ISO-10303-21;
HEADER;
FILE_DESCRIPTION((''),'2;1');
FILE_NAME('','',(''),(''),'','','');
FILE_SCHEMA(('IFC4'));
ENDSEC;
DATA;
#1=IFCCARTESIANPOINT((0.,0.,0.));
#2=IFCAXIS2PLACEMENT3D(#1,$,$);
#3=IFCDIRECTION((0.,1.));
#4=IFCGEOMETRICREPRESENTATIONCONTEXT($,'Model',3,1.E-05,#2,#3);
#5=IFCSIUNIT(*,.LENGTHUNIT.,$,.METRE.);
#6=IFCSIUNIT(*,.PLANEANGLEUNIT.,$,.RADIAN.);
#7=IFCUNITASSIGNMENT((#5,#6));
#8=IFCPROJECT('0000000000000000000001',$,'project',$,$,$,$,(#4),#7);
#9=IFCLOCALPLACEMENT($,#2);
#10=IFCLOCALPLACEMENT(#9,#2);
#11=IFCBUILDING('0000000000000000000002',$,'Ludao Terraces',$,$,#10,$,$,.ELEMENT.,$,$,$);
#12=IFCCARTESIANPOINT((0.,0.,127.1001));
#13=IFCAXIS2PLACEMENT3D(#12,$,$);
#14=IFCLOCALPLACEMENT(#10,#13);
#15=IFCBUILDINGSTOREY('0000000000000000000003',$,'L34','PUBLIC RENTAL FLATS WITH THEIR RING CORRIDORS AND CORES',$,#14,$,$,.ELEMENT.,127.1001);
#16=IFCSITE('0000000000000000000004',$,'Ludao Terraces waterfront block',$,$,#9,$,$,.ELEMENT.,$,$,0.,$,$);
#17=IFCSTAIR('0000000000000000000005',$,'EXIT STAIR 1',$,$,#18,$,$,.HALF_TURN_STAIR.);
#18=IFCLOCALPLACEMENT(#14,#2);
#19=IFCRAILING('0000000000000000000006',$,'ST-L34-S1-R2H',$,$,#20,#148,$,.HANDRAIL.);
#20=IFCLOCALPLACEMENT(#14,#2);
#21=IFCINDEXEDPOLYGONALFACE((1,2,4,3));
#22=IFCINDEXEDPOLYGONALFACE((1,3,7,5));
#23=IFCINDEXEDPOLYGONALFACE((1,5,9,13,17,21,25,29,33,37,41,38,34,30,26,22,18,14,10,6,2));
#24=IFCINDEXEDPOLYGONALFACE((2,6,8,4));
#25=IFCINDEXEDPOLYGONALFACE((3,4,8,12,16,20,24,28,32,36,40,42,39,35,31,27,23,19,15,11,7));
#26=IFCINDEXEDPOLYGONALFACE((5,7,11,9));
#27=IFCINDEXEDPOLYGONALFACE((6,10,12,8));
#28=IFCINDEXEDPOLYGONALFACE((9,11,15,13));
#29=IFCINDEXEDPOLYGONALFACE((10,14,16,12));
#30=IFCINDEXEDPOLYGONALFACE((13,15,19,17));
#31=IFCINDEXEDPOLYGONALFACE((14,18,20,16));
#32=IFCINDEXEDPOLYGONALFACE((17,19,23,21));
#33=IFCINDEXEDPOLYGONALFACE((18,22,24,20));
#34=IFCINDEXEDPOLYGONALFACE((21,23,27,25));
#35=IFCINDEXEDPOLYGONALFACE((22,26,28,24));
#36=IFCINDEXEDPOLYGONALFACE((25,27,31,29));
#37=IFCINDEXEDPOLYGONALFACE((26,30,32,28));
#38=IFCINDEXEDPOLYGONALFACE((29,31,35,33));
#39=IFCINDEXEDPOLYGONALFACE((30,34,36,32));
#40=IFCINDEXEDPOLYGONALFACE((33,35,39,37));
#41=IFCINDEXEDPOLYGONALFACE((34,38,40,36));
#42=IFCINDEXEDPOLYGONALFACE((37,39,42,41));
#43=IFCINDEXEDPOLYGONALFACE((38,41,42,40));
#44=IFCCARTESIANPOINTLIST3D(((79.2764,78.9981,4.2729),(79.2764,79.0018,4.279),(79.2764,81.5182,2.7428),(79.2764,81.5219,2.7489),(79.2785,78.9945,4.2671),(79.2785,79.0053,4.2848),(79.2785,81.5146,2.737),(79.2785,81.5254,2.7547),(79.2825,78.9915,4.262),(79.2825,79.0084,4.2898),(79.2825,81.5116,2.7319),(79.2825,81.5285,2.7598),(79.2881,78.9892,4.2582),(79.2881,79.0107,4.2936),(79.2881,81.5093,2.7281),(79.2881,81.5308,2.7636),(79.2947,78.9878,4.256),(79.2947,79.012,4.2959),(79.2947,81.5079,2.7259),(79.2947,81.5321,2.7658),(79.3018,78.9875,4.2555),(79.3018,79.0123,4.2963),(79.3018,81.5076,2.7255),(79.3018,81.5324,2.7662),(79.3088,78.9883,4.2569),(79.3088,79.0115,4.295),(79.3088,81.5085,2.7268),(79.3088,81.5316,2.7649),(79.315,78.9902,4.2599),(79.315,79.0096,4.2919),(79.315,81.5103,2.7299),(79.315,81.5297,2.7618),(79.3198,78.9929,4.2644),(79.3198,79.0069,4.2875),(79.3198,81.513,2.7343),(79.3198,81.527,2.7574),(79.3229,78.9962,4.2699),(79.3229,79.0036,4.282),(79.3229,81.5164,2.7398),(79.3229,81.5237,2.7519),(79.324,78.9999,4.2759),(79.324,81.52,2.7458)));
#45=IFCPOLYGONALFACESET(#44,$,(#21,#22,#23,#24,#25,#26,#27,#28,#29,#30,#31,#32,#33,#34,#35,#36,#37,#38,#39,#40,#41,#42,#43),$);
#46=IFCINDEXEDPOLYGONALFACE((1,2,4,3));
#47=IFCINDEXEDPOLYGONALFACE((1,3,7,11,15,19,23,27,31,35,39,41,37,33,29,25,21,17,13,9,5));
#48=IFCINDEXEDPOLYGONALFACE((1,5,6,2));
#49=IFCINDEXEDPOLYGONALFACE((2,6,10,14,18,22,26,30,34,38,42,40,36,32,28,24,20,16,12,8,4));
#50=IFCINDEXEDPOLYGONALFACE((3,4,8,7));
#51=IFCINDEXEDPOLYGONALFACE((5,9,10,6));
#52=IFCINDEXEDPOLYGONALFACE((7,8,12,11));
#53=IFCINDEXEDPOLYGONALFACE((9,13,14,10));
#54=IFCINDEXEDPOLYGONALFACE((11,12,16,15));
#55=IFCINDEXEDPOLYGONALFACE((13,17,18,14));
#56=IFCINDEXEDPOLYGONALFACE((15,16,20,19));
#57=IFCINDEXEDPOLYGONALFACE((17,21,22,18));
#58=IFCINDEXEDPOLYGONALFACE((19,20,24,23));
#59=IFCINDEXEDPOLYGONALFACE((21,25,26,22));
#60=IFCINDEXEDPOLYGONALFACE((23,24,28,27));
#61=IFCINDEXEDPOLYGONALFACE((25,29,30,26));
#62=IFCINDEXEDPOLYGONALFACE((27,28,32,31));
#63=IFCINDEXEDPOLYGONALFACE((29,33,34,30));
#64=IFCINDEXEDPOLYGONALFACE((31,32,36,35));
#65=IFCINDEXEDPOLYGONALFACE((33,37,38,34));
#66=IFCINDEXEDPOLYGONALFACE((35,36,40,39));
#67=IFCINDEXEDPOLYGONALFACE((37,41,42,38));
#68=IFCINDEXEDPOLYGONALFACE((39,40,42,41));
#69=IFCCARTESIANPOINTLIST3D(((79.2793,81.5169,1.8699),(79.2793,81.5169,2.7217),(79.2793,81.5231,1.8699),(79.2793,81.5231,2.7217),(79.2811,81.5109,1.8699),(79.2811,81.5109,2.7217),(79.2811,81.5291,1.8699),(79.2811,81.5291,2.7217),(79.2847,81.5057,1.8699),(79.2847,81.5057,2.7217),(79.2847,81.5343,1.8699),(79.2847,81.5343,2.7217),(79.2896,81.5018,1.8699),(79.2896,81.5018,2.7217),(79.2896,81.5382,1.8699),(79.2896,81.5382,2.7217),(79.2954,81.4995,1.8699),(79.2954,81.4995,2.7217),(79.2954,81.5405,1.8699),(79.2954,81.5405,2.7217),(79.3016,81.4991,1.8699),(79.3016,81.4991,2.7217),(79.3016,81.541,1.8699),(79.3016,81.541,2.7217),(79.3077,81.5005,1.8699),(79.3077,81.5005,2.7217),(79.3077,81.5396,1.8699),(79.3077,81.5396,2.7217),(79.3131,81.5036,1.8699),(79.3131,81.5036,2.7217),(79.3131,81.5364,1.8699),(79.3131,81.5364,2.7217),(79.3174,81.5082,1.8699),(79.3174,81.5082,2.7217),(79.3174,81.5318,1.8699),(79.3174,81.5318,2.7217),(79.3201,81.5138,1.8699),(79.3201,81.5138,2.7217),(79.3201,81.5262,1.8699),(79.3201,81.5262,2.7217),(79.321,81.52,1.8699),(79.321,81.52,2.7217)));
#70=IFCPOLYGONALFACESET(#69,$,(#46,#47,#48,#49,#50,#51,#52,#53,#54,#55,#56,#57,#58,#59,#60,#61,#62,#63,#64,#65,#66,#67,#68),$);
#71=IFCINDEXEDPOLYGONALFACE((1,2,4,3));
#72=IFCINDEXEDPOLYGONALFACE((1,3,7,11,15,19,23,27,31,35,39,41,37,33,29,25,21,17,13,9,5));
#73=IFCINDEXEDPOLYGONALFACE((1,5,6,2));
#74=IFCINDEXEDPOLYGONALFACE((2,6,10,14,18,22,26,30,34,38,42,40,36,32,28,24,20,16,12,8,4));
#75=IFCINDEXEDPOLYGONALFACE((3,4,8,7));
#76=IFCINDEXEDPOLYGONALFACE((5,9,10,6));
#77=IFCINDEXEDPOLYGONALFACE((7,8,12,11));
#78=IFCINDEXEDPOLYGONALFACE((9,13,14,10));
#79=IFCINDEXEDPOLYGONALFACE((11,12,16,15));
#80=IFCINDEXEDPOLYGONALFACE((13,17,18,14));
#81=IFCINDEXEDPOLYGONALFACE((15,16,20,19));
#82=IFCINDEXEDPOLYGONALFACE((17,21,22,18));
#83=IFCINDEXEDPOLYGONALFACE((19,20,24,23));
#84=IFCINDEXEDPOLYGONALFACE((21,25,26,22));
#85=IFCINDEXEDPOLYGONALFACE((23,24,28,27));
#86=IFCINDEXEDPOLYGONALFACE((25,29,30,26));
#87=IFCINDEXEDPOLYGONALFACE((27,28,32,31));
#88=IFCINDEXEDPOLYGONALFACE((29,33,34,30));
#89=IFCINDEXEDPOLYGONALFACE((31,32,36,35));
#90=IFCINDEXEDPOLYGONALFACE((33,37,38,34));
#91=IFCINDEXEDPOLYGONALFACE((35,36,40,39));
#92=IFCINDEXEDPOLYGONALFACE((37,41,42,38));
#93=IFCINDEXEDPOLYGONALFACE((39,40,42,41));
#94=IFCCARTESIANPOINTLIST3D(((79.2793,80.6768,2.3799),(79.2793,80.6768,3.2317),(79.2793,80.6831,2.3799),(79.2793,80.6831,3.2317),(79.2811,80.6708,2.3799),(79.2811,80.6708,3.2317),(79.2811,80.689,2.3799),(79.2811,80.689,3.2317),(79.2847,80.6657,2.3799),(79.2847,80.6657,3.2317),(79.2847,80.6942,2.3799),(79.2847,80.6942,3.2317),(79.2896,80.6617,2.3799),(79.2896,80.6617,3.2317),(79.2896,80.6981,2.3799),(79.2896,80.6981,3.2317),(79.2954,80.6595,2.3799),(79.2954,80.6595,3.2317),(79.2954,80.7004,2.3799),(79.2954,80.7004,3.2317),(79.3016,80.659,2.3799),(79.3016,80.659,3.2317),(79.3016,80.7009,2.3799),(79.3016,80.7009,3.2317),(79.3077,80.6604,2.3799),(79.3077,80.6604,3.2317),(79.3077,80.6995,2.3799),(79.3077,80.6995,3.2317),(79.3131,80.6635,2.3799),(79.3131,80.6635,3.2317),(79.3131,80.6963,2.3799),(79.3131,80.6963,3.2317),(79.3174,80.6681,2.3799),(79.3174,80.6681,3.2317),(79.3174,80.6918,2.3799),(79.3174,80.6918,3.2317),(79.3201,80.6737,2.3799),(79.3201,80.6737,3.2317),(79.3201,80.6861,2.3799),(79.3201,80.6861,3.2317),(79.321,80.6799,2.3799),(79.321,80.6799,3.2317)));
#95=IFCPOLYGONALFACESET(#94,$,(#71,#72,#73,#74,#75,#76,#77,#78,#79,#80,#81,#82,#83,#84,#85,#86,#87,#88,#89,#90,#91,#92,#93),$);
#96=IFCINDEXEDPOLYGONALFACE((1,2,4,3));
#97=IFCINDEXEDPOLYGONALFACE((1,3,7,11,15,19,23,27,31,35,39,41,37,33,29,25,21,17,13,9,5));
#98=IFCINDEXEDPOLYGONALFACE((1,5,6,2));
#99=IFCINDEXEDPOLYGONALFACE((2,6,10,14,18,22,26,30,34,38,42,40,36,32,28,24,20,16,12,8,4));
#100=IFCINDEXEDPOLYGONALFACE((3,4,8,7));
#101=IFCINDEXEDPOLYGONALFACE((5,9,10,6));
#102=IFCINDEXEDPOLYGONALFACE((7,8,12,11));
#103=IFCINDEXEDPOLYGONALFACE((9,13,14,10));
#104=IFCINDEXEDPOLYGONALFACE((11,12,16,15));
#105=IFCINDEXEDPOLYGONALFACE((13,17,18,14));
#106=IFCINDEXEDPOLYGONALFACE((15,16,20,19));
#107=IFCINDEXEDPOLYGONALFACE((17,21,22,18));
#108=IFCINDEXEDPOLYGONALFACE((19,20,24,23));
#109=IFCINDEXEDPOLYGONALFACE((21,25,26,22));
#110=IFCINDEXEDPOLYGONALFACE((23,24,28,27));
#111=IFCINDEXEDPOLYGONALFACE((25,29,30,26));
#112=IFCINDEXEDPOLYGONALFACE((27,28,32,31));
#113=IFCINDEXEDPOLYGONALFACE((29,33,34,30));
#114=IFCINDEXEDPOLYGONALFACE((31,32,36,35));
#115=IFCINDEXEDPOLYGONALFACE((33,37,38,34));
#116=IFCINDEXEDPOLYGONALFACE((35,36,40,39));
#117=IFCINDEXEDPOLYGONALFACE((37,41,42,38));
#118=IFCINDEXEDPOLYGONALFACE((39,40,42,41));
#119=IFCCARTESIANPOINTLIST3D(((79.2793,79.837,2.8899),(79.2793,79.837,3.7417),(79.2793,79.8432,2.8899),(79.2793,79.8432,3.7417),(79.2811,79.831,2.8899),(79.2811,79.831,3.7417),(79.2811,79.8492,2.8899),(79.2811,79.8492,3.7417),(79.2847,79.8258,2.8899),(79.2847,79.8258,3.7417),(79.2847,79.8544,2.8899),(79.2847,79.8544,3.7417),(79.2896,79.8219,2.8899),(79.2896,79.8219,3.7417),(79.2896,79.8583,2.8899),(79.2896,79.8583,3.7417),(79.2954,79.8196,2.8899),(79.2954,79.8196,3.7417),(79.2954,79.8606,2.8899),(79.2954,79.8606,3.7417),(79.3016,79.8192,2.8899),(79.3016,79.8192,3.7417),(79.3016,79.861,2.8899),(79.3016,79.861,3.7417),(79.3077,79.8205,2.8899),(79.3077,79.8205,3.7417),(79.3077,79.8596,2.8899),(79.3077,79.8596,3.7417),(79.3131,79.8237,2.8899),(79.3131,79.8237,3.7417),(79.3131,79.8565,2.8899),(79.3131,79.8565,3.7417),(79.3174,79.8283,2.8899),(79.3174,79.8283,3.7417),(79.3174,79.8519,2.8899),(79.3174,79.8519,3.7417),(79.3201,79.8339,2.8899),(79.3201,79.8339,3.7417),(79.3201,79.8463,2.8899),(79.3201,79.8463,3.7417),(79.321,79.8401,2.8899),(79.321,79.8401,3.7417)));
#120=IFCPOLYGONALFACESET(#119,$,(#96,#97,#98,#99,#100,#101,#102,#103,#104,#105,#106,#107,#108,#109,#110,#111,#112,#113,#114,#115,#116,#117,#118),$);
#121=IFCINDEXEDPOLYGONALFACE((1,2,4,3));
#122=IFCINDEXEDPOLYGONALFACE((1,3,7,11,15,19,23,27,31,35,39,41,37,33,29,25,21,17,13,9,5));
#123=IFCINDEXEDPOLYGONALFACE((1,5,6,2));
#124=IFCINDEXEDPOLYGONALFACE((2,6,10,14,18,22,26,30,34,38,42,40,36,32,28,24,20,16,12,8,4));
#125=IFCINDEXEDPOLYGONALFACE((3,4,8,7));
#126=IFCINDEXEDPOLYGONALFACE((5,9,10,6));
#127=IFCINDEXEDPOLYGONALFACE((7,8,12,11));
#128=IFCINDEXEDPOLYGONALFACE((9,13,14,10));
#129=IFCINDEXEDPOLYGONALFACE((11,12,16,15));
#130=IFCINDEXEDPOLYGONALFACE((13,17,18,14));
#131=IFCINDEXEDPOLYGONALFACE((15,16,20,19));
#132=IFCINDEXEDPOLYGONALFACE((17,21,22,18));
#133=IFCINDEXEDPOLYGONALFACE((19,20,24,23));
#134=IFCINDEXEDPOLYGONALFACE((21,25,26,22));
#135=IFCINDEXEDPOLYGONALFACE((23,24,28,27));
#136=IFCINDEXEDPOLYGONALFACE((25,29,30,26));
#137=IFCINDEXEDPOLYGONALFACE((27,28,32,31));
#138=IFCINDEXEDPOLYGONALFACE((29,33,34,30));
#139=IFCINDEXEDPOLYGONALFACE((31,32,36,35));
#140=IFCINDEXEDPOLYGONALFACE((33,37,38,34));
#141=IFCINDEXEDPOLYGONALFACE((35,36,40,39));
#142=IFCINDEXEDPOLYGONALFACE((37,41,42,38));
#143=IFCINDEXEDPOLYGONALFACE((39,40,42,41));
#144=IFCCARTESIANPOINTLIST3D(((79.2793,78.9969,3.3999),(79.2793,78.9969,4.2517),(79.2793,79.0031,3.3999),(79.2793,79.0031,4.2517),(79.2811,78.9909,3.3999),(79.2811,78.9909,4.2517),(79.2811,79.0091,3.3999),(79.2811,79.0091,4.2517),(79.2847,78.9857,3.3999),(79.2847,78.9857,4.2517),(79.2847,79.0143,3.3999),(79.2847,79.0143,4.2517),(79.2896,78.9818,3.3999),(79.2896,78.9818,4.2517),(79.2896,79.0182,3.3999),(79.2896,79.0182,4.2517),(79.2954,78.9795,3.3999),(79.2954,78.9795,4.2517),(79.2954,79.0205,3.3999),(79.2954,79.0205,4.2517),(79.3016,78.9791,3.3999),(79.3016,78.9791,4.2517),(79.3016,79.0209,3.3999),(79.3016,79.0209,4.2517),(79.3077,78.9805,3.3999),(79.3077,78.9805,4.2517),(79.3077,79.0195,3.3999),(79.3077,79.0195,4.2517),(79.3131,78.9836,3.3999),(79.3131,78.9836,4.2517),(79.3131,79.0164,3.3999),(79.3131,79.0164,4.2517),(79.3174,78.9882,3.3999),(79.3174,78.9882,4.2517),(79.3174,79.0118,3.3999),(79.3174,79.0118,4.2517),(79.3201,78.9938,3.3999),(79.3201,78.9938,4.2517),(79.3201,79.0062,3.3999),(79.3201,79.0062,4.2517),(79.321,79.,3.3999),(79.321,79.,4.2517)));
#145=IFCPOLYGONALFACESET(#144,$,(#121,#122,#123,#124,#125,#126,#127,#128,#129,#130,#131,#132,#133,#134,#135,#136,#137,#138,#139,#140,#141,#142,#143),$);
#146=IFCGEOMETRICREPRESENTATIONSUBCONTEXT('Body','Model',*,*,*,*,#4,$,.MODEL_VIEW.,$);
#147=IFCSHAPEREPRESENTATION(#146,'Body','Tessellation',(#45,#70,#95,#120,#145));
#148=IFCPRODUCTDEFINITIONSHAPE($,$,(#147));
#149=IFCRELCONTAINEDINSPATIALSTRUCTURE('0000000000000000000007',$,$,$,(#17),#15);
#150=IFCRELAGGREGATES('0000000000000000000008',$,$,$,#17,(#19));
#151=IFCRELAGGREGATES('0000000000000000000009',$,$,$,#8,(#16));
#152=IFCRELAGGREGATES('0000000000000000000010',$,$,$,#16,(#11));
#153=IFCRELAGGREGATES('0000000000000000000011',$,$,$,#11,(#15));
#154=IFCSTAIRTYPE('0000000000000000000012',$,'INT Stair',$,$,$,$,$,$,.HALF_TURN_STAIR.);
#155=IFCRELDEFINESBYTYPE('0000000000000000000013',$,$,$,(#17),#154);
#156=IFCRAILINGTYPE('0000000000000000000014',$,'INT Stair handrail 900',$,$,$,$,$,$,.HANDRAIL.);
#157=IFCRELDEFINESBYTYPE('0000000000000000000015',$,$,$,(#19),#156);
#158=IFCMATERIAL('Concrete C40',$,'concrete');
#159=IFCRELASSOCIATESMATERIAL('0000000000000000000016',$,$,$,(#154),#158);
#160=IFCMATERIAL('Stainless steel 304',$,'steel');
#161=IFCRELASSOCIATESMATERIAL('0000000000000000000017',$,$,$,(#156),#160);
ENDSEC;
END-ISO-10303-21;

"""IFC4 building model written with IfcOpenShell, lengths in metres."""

from ifc_helpers import new_model, si_unit, direction, frame, origin, origin_2d, place, context, subcontext, project, spatial, circle, extrude, material, type_object, element, aggregate, save


model = new_model("IFC4")

# Units and contexts
model_context = context("Model", 3, precision=1e-05, world=origin(), true_north=direction((0.0, 1.0)))
body_context = subcontext(model_context, "Body", "Model", "MODEL_VIEW")
ifc_project = project(units=[si_unit("LENGTHUNIT", "METRE"), si_unit("PLANEANGLEUNIT", "RADIAN")], contexts=[model_context])

# Site, building, storey
site_placement = place(None, origin())
site = spatial("IfcSite", under=ifc_project, at=site_placement, Name="Ludao Terraces waterfront block", CompositionType="ELEMENT", RefElevation=0.0)
building_placement = place(site_placement, origin())
building = spatial("IfcBuilding", under=site, at=building_placement, Name="Ludao Terraces", CompositionType="ELEMENT")
storey_placement = place(building_placement, frame((0.0, 0.0, 127.1001)))
storey = spatial("IfcBuildingStorey", under=building, at=storey_placement, Name="L34", Description="PUBLIC RENTAL FLATS WITH THEIR RING CORRIDORS AND CORES", CompositionType="ELEMENT", Elevation=127.1001)

# Shared definitions
ifc_material_1 = material(Name="Stainless steel 304", Category="steel")

# Stair, railing
ifc_material_2 = material(Name="Concrete C40", Category="concrete")
stair_type = type_object("IfcStairType", Name="INT Stair", PredefinedType="HALF_TURN_STAIR", material=ifc_material_2)
stair_placement = place(storey_placement, origin())
stair = element("IfcStair", 1, at=stair_placement, inside=storey, type_object=stair_type, Name="EXIT STAIR 1", PredefinedType="HALF_TURN_STAIR")
railing_type_1 = type_object("IfcRailingType", Name="INT Stair handrail 900", PredefinedType="HANDRAIL", material=ifc_material_1)
railing_1_placement = place(storey_placement, frame((79.3, 81.52, 1.8699)))
railing_1 = element("IfcRailing", 2, at=railing_1_placement, type_object=railing_type_1, Name="ST-L34-S1-R2H", PredefinedType="HANDRAIL", context=body_context, shape_type="SweptSolid", body=[
    extrude(circle(Radius=0.0239, at=origin_2d()), frame((0.0, 0.0, 0.876), z_axis=(0.0, -0.854785, 0.518982), x_axis=(1.0, 0.0, 0.0)), (0.0, 0.0, 1.0), 2.9482),
    extrude(circle(Radius=0.021, at=origin_2d()), origin(), (0.0, 0.0, 1.0), 0.8518),
    extrude(circle(Radius=0.021, at=origin_2d()), frame((0.0, -0.8401, 0.51)), (0.0, 0.0, 1.0), 0.8518),
    extrude(circle(Radius=0.021, at=origin_2d()), frame((0.0, -1.6799, 1.02)), (0.0, 0.0, 1.0), 0.8518),
    extrude(circle(Radius=0.021, at=origin_2d()), frame((0.0, -2.52, 1.53)), (0.0, 0.0, 1.0), 0.8518),
])
aggregate(stair, [railing_1])

save(model, "model.ifc")
